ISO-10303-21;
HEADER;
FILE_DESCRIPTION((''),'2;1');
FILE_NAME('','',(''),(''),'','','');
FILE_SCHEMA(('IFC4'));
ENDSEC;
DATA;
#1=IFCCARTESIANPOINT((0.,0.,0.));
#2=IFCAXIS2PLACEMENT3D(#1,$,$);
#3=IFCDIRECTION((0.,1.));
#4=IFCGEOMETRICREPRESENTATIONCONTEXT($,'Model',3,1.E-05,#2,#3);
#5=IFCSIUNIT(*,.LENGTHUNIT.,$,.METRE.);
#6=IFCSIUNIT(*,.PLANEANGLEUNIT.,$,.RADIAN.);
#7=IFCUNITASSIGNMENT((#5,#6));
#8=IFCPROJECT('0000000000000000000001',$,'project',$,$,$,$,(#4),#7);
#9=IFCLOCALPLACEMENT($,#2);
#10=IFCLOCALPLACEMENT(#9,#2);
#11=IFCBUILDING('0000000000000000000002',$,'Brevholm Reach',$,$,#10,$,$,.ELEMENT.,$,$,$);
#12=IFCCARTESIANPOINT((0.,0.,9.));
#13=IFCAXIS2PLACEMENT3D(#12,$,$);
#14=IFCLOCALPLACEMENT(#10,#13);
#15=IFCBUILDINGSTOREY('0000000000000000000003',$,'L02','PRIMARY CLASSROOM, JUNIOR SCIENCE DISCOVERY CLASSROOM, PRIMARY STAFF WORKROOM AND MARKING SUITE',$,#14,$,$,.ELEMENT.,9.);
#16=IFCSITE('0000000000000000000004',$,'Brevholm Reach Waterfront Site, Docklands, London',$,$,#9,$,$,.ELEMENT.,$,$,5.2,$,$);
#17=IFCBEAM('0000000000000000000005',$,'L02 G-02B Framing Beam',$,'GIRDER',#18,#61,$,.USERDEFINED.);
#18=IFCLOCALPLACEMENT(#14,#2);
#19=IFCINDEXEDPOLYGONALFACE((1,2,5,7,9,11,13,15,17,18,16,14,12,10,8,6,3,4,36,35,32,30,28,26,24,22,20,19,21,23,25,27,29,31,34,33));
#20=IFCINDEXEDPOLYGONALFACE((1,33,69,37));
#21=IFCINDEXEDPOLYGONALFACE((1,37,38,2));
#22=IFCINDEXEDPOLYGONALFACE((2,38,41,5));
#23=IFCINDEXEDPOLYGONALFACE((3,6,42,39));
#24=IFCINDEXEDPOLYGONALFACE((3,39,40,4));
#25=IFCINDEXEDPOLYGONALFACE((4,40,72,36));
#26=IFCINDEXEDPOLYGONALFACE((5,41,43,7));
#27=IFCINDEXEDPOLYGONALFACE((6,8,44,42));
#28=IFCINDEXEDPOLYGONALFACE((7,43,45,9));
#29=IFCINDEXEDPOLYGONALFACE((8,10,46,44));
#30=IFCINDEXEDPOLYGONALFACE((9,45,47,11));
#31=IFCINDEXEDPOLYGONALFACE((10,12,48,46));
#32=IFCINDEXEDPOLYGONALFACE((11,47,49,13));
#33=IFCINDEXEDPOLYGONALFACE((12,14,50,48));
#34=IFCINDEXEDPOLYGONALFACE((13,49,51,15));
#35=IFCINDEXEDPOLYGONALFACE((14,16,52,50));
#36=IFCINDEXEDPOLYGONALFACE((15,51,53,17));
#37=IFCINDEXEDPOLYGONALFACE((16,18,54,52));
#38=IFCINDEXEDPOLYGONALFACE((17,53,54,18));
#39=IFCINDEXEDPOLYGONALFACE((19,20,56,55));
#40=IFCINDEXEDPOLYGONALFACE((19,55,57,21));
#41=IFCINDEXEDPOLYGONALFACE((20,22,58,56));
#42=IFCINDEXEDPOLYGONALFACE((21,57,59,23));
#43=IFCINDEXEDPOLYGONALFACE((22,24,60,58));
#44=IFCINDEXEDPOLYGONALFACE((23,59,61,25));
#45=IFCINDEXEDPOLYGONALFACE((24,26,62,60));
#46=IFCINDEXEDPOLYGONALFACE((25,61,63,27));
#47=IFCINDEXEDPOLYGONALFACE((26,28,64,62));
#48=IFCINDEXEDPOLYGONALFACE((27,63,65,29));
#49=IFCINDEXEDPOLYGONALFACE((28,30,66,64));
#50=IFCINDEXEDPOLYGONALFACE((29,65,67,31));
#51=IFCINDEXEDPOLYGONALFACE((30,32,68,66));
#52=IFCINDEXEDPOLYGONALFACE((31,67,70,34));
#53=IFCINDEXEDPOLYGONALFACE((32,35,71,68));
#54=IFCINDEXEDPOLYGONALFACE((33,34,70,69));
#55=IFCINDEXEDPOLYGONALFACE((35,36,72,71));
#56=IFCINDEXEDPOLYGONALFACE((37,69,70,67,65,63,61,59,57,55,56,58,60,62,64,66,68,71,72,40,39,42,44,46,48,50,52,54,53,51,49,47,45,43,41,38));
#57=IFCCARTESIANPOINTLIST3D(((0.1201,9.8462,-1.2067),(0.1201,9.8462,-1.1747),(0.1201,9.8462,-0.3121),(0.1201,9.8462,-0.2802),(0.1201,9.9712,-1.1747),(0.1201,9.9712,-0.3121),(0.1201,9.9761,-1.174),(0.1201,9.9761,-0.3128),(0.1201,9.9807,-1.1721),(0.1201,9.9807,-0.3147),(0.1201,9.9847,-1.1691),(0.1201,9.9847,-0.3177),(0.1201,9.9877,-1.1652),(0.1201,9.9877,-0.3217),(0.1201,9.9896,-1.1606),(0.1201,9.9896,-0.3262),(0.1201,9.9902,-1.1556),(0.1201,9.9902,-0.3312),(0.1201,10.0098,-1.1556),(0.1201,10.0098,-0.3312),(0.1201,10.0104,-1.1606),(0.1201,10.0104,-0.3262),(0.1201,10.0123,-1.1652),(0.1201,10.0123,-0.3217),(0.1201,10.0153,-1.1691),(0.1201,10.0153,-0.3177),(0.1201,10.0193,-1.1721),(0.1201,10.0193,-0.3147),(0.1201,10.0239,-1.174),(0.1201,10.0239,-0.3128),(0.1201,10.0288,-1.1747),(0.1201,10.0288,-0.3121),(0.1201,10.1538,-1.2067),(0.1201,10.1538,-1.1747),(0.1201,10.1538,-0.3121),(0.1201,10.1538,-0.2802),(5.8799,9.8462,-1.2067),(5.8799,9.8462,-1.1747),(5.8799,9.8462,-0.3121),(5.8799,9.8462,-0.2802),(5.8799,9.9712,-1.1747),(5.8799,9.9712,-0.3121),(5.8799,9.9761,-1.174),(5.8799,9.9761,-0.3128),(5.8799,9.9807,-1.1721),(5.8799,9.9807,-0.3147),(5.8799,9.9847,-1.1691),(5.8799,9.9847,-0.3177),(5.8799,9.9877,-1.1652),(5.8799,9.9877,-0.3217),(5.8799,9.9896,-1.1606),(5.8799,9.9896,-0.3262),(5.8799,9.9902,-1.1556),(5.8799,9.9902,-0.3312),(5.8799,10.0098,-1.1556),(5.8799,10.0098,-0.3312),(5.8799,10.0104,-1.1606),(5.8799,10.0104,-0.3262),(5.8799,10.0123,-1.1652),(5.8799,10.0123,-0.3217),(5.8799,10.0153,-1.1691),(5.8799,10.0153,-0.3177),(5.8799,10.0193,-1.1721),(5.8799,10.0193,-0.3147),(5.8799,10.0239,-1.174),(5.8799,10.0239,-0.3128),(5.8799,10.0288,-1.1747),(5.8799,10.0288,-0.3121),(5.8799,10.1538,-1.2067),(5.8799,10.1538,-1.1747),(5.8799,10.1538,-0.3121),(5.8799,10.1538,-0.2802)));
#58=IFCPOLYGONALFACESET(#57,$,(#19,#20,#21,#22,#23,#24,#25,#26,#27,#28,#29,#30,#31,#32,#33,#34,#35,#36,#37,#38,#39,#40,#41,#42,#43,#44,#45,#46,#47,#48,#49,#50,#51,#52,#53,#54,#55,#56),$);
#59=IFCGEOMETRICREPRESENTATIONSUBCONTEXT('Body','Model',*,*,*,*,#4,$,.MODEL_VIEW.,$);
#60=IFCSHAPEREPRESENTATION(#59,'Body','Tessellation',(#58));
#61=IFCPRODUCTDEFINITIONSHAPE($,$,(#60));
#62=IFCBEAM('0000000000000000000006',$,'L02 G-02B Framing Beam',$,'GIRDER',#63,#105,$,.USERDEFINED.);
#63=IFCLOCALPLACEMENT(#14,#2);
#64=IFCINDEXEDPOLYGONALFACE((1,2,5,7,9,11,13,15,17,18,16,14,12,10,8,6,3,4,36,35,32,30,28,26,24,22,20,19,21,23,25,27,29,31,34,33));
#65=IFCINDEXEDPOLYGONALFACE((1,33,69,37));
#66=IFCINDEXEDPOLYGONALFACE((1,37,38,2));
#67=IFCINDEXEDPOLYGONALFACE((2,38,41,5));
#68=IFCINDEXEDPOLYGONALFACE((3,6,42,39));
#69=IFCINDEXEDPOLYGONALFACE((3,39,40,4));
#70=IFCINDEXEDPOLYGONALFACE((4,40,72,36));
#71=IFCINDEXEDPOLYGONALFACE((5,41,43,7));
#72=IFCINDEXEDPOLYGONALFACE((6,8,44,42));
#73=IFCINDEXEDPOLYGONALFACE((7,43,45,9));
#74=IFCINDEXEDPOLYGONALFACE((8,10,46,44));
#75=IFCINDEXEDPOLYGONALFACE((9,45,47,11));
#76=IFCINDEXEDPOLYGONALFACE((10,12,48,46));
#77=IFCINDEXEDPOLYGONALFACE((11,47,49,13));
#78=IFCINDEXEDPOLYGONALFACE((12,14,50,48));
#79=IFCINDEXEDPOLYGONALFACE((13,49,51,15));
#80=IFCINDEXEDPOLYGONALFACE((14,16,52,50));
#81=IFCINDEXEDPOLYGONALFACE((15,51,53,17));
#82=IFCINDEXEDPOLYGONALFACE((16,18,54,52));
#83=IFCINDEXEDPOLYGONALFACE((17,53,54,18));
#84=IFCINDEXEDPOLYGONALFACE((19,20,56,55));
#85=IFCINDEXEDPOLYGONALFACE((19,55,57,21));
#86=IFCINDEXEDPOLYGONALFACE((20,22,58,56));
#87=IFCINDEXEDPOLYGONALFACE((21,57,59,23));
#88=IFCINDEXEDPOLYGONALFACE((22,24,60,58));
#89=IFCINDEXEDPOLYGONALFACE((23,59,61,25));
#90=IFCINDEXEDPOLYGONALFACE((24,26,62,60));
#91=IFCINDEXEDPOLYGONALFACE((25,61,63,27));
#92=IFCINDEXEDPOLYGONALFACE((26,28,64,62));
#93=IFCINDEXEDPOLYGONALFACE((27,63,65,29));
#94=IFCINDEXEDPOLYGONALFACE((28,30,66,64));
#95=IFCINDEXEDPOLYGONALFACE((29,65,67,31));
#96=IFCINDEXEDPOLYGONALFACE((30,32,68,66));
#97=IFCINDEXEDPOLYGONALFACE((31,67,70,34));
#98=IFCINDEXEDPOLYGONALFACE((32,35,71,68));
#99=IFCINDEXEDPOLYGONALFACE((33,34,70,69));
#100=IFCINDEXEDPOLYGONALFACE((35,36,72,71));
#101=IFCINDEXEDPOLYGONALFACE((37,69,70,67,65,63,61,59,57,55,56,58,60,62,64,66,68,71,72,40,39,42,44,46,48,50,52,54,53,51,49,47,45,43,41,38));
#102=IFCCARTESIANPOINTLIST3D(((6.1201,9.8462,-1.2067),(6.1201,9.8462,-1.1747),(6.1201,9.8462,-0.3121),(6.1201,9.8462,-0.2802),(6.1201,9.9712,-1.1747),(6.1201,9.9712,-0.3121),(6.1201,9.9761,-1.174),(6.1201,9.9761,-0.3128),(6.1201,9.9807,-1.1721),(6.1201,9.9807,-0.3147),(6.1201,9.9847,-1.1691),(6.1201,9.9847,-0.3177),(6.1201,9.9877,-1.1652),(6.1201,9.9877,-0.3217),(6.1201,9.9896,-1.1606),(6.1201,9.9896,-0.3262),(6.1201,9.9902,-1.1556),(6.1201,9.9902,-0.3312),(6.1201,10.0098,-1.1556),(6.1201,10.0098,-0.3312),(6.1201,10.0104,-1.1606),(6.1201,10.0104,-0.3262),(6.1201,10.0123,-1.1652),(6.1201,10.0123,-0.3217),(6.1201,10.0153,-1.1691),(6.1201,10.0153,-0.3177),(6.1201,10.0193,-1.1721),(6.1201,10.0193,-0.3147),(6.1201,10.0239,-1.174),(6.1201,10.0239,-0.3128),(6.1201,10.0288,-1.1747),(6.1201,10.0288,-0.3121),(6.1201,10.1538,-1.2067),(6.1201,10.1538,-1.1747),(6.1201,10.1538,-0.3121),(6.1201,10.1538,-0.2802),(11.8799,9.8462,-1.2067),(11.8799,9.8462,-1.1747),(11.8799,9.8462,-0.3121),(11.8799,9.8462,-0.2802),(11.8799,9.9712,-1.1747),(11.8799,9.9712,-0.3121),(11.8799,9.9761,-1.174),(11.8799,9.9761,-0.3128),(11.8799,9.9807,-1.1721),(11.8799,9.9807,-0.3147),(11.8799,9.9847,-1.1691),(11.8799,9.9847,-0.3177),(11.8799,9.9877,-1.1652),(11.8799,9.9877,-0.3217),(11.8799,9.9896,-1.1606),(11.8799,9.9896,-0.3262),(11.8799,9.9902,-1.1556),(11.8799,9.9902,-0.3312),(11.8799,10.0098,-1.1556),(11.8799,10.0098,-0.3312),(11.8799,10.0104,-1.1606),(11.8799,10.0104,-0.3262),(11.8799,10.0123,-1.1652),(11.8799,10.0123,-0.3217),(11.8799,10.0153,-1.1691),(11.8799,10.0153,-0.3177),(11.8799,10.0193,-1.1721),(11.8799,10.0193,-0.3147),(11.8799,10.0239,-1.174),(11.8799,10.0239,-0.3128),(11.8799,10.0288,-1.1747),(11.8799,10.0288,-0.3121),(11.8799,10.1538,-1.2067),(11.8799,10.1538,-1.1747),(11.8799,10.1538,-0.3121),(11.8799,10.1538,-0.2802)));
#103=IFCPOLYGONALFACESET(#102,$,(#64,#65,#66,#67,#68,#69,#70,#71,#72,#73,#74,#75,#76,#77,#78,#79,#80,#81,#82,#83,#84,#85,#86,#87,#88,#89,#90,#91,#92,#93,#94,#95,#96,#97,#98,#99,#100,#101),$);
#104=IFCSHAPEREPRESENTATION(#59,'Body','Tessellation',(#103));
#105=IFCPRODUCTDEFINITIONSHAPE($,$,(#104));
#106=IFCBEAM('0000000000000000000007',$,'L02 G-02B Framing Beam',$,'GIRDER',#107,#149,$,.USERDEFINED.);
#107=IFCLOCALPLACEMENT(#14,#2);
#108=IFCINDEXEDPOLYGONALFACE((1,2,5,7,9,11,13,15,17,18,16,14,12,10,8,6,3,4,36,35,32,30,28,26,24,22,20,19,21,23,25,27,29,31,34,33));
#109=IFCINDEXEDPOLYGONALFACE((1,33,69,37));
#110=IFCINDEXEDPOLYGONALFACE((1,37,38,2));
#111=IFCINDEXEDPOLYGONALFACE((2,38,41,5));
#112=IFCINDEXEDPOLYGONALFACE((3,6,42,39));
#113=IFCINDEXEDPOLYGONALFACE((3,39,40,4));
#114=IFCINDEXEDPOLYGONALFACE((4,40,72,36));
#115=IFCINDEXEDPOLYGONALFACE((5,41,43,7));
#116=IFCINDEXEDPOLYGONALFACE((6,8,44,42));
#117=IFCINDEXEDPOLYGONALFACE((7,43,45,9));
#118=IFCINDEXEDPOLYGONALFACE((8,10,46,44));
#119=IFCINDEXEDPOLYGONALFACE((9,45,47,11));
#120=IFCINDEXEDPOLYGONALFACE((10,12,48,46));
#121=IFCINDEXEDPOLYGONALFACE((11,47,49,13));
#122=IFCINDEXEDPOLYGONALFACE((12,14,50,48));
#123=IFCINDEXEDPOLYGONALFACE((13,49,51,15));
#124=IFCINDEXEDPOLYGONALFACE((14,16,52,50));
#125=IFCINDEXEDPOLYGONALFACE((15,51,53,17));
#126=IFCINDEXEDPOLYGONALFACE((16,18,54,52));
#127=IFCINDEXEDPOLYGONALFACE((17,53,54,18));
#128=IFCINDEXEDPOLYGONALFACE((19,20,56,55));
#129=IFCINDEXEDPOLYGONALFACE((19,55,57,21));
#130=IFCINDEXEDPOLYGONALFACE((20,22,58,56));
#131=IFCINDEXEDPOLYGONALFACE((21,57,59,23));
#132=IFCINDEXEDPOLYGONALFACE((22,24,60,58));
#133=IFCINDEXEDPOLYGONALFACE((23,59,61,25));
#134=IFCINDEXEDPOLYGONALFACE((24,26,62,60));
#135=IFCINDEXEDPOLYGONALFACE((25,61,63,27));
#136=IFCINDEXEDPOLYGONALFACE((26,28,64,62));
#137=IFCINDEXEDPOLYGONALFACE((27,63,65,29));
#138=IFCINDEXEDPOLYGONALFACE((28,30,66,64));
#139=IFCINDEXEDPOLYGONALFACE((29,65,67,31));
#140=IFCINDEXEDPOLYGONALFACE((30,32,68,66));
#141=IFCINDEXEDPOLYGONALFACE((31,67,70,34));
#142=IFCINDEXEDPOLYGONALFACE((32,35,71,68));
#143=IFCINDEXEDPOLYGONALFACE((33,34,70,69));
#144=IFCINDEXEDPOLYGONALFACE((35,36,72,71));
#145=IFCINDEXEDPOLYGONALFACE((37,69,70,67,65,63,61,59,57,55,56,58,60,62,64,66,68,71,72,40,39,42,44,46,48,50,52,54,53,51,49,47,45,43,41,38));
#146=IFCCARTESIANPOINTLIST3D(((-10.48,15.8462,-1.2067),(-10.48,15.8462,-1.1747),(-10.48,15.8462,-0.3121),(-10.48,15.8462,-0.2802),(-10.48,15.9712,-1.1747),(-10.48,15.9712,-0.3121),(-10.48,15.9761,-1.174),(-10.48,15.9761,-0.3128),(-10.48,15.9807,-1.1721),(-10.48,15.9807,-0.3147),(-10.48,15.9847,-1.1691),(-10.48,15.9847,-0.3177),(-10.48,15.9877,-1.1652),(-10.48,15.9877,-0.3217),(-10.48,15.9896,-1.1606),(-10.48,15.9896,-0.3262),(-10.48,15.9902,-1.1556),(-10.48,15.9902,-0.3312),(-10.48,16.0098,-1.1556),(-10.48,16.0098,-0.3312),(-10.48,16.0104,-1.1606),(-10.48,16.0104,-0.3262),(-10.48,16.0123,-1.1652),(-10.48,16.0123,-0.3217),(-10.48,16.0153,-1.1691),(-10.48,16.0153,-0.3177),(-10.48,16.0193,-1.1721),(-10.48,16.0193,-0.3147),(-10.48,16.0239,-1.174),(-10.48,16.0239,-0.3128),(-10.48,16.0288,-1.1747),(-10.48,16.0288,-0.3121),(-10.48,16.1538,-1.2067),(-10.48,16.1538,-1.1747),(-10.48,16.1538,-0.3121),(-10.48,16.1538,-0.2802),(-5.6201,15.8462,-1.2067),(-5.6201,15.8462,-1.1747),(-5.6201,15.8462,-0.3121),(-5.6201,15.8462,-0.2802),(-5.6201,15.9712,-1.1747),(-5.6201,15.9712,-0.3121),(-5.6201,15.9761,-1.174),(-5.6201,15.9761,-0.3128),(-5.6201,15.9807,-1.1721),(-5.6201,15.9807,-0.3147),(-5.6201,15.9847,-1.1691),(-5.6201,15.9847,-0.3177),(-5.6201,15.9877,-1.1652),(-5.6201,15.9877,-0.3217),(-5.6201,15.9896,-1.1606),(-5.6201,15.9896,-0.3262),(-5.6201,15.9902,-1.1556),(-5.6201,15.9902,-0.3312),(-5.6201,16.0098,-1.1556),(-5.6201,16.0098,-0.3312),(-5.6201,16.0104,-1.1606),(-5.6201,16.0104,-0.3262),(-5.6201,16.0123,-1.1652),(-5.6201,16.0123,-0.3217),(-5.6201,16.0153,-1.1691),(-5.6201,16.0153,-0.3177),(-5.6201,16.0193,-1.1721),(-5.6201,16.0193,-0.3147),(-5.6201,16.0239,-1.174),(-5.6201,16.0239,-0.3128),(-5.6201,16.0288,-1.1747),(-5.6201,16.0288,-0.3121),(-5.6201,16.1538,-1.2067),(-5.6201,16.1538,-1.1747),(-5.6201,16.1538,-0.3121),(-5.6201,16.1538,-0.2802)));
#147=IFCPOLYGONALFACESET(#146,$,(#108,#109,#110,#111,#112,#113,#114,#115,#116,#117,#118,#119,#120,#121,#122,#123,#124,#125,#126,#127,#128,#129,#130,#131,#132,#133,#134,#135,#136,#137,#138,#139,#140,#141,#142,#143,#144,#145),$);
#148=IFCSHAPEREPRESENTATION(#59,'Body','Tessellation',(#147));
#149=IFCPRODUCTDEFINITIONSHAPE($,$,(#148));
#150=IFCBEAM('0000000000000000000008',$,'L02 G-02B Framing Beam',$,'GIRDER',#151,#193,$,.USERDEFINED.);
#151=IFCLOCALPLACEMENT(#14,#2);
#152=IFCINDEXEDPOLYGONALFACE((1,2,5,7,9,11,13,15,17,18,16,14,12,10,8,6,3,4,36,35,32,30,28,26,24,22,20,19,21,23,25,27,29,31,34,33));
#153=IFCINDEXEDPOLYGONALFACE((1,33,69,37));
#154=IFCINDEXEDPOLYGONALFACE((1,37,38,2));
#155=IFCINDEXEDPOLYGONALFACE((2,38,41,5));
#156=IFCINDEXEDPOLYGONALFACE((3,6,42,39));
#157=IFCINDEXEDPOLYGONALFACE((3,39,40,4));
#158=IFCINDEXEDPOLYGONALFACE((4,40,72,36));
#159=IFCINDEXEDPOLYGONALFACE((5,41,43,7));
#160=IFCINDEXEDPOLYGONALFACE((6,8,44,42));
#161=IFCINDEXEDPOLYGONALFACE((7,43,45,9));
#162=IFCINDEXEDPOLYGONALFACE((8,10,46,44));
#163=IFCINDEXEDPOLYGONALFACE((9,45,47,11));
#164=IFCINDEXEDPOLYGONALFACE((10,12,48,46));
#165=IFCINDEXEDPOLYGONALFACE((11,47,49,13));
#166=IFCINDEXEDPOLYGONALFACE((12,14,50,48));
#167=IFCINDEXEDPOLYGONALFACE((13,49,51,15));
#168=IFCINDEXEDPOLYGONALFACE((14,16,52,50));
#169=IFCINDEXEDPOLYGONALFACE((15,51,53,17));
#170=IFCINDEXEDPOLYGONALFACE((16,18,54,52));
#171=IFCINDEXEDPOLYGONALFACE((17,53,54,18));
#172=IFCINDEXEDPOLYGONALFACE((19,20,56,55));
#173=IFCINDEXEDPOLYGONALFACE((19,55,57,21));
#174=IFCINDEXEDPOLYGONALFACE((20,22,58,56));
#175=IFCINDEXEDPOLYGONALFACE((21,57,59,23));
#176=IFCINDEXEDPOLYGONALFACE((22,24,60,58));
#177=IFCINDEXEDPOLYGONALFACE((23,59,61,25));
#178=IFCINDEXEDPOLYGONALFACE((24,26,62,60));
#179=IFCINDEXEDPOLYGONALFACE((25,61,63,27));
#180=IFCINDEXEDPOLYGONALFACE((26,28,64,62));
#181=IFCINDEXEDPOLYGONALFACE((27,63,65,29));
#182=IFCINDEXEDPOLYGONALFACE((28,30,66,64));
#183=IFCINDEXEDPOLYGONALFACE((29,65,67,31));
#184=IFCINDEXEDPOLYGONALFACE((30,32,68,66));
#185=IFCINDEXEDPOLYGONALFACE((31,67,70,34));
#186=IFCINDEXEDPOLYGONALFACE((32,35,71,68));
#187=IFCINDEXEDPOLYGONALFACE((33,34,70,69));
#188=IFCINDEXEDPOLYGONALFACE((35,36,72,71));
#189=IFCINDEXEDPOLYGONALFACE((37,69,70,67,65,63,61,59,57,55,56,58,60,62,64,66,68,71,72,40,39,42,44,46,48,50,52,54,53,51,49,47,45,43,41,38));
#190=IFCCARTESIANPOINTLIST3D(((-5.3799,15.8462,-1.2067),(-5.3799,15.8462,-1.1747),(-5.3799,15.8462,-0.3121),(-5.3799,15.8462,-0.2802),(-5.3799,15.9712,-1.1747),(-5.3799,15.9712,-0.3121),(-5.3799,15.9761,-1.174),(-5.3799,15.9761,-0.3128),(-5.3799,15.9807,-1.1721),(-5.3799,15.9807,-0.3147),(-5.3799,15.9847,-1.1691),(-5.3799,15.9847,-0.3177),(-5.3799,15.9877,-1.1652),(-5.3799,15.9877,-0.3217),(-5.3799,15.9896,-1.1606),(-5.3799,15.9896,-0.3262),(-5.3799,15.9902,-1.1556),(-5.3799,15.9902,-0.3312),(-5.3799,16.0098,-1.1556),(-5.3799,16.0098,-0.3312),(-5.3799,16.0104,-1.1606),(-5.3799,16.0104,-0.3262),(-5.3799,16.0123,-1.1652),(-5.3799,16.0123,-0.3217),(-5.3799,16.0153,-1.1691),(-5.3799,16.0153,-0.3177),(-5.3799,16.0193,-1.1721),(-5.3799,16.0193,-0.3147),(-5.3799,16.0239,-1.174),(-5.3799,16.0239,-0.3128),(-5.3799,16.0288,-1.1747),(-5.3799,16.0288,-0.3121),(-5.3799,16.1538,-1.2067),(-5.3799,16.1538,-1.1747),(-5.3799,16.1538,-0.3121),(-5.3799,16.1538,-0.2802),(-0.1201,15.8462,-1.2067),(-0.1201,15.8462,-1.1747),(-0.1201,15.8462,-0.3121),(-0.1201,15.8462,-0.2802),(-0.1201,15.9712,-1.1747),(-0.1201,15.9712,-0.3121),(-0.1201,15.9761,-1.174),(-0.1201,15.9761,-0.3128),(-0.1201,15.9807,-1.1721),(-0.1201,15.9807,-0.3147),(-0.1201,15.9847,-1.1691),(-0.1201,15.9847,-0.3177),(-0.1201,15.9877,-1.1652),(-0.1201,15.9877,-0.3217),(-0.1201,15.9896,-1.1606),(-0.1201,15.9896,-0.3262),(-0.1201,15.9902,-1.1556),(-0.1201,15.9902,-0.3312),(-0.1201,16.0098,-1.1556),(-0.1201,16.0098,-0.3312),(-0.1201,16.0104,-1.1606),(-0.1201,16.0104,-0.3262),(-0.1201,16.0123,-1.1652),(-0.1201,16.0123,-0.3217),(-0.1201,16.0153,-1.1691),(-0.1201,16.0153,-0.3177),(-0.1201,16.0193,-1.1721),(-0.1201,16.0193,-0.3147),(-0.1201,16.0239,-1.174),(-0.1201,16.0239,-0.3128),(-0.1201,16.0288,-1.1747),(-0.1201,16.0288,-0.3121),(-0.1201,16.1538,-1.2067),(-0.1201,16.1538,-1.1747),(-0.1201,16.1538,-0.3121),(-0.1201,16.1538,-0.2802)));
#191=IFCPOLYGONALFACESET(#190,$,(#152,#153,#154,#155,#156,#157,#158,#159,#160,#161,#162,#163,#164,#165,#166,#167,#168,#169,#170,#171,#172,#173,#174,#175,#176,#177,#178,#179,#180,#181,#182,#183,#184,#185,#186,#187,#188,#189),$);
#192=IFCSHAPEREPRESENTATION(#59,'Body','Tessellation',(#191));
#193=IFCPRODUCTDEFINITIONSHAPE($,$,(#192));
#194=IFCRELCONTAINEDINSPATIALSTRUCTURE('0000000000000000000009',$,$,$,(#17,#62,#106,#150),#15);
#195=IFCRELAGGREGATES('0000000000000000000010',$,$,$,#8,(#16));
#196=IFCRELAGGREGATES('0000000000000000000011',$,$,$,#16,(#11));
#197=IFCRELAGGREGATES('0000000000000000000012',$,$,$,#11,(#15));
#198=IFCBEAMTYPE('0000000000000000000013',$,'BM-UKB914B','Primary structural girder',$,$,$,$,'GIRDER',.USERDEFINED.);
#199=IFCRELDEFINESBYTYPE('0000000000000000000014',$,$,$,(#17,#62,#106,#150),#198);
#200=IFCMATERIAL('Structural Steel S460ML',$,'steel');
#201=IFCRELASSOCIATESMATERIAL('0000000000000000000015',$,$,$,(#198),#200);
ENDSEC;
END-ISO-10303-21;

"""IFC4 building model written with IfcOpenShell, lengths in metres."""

from ifc_helpers import new_model, si_unit, direction, frame, origin, origin_2d, place, context, subcontext, project, spatial, i_section, extrude, material, material_profile, profile_set, type_object, element, save


model = new_model("IFC4")

# Units and contexts
model_context = context("Model", 3, precision=1e-05, world=origin(), true_north=direction((0.0, 1.0)))
body_context = subcontext(model_context, "Body", "Model", "MODEL_VIEW")
ifc_project = project(units=[si_unit("LENGTHUNIT", "METRE"), si_unit("PLANEANGLEUNIT", "RADIAN")], contexts=[model_context])

# Site, building, storey
site_placement = place(None, origin())
site = spatial("IfcSite", under=ifc_project, at=site_placement, Name="Brevholm Reach Waterfront Site, Docklands, London", CompositionType="ELEMENT", RefElevation=5.2)
building_placement = place(site_placement, origin())
building = spatial("IfcBuilding", under=site, at=building_placement, Name="Brevholm Reach", CompositionType="ELEMENT")
storey_placement = place(building_placement, frame((0.0, 0.0, 9.0)))
storey = spatial("IfcBuildingStorey", under=building, at=storey_placement, Name="L02", Description="PRIMARY CLASSROOM, JUNIOR SCIENCE DISCOVERY CLASSROOM, PRIMARY STAFF WORKROOM AND MARKING SUITE", CompositionType="ELEMENT", Elevation=9.0)

# Beams
ifc_material_1 = material(Name="Structural Steel S460ML", Category="steel")
ifc_material_profile_1 = material_profile(ifc_material_1, i_section(OverallWidth=0.3076, OverallDepth=0.9265, WebThickness=0.0195, FlangeThickness=0.032, FilletRadius=0.019, at=origin_2d()), Name="UKB 914x305x289")
ifc_profile_set_1 = profile_set([ifc_material_profile_1], Name="Structural Steel S460ML")
beam_type_1 = type_object("IfcBeamType", Name="BM-UKB914B", Description="Primary structural girder", ElementType="GIRDER", PredefinedType="USERDEFINED", material=ifc_profile_set_1)
for number, where, z_axis, x_axis, name in (
    (1, (0.1201, 10.0, -0.7434), (1.0, 0.0, 0.0), (0.0, 1.0, 0.0), "L02 G-02B Framing Beam"),
    (2, (6.1201, 10.0, -0.7434), (1.0, 0.0, 0.0), (0.0, 1.0, 0.0), "L02 G-02B Framing Beam"),
):
    element("IfcBeam", number, at=place(storey_placement, frame(where, z_axis=z_axis, x_axis=x_axis)), inside=storey, type_object=beam_type_1, Name=name, ObjectType="GIRDER", PredefinedType="USERDEFINED", context=body_context, shape_type="SweptSolid", body=[
        extrude(i_section(OverallWidth=0.3076, OverallDepth=0.9265, WebThickness=0.0195, FlangeThickness=0.032, FilletRadius=0.019, at=origin_2d()), origin(), (0.0, 0.0, 1.0), 5.7598),
    ])
beam_1_placement = place(storey_placement, frame((-10.48, 16.0, -0.7434), z_axis=(1.0, 0.0, 0.0), x_axis=(0.0, 1.0, 0.0)))
element("IfcBeam", 3, at=beam_1_placement, inside=storey, type_object=beam_type_1, Name="L02 G-02B Framing Beam", ObjectType="GIRDER", PredefinedType="USERDEFINED", context=body_context, shape_type="SweptSolid", body=[
    extrude(i_section(OverallWidth=0.3076, OverallDepth=0.9265, WebThickness=0.0195, FlangeThickness=0.032, FilletRadius=0.019, at=origin_2d()), origin(), (0.0, 0.0, 1.0), 4.8599),
])
beam_2_placement = place(storey_placement, frame((-5.3799, 16.0, -0.7434), z_axis=(1.0, 0.0, 0.0), x_axis=(0.0, 1.0, 0.0)))
element("IfcBeam", 4, at=beam_2_placement, inside=storey, type_object=beam_type_1, Name="L02 G-02B Framing Beam", ObjectType="GIRDER", PredefinedType="USERDEFINED", context=body_context, shape_type="SweptSolid", body=[
    extrude(i_section(OverallWidth=0.3076, OverallDepth=0.9265, WebThickness=0.0195, FlangeThickness=0.032, FilletRadius=0.019, at=origin_2d()), origin(), (0.0, 0.0, 1.0), 5.2598),
])

save(model, "model.ifc")
